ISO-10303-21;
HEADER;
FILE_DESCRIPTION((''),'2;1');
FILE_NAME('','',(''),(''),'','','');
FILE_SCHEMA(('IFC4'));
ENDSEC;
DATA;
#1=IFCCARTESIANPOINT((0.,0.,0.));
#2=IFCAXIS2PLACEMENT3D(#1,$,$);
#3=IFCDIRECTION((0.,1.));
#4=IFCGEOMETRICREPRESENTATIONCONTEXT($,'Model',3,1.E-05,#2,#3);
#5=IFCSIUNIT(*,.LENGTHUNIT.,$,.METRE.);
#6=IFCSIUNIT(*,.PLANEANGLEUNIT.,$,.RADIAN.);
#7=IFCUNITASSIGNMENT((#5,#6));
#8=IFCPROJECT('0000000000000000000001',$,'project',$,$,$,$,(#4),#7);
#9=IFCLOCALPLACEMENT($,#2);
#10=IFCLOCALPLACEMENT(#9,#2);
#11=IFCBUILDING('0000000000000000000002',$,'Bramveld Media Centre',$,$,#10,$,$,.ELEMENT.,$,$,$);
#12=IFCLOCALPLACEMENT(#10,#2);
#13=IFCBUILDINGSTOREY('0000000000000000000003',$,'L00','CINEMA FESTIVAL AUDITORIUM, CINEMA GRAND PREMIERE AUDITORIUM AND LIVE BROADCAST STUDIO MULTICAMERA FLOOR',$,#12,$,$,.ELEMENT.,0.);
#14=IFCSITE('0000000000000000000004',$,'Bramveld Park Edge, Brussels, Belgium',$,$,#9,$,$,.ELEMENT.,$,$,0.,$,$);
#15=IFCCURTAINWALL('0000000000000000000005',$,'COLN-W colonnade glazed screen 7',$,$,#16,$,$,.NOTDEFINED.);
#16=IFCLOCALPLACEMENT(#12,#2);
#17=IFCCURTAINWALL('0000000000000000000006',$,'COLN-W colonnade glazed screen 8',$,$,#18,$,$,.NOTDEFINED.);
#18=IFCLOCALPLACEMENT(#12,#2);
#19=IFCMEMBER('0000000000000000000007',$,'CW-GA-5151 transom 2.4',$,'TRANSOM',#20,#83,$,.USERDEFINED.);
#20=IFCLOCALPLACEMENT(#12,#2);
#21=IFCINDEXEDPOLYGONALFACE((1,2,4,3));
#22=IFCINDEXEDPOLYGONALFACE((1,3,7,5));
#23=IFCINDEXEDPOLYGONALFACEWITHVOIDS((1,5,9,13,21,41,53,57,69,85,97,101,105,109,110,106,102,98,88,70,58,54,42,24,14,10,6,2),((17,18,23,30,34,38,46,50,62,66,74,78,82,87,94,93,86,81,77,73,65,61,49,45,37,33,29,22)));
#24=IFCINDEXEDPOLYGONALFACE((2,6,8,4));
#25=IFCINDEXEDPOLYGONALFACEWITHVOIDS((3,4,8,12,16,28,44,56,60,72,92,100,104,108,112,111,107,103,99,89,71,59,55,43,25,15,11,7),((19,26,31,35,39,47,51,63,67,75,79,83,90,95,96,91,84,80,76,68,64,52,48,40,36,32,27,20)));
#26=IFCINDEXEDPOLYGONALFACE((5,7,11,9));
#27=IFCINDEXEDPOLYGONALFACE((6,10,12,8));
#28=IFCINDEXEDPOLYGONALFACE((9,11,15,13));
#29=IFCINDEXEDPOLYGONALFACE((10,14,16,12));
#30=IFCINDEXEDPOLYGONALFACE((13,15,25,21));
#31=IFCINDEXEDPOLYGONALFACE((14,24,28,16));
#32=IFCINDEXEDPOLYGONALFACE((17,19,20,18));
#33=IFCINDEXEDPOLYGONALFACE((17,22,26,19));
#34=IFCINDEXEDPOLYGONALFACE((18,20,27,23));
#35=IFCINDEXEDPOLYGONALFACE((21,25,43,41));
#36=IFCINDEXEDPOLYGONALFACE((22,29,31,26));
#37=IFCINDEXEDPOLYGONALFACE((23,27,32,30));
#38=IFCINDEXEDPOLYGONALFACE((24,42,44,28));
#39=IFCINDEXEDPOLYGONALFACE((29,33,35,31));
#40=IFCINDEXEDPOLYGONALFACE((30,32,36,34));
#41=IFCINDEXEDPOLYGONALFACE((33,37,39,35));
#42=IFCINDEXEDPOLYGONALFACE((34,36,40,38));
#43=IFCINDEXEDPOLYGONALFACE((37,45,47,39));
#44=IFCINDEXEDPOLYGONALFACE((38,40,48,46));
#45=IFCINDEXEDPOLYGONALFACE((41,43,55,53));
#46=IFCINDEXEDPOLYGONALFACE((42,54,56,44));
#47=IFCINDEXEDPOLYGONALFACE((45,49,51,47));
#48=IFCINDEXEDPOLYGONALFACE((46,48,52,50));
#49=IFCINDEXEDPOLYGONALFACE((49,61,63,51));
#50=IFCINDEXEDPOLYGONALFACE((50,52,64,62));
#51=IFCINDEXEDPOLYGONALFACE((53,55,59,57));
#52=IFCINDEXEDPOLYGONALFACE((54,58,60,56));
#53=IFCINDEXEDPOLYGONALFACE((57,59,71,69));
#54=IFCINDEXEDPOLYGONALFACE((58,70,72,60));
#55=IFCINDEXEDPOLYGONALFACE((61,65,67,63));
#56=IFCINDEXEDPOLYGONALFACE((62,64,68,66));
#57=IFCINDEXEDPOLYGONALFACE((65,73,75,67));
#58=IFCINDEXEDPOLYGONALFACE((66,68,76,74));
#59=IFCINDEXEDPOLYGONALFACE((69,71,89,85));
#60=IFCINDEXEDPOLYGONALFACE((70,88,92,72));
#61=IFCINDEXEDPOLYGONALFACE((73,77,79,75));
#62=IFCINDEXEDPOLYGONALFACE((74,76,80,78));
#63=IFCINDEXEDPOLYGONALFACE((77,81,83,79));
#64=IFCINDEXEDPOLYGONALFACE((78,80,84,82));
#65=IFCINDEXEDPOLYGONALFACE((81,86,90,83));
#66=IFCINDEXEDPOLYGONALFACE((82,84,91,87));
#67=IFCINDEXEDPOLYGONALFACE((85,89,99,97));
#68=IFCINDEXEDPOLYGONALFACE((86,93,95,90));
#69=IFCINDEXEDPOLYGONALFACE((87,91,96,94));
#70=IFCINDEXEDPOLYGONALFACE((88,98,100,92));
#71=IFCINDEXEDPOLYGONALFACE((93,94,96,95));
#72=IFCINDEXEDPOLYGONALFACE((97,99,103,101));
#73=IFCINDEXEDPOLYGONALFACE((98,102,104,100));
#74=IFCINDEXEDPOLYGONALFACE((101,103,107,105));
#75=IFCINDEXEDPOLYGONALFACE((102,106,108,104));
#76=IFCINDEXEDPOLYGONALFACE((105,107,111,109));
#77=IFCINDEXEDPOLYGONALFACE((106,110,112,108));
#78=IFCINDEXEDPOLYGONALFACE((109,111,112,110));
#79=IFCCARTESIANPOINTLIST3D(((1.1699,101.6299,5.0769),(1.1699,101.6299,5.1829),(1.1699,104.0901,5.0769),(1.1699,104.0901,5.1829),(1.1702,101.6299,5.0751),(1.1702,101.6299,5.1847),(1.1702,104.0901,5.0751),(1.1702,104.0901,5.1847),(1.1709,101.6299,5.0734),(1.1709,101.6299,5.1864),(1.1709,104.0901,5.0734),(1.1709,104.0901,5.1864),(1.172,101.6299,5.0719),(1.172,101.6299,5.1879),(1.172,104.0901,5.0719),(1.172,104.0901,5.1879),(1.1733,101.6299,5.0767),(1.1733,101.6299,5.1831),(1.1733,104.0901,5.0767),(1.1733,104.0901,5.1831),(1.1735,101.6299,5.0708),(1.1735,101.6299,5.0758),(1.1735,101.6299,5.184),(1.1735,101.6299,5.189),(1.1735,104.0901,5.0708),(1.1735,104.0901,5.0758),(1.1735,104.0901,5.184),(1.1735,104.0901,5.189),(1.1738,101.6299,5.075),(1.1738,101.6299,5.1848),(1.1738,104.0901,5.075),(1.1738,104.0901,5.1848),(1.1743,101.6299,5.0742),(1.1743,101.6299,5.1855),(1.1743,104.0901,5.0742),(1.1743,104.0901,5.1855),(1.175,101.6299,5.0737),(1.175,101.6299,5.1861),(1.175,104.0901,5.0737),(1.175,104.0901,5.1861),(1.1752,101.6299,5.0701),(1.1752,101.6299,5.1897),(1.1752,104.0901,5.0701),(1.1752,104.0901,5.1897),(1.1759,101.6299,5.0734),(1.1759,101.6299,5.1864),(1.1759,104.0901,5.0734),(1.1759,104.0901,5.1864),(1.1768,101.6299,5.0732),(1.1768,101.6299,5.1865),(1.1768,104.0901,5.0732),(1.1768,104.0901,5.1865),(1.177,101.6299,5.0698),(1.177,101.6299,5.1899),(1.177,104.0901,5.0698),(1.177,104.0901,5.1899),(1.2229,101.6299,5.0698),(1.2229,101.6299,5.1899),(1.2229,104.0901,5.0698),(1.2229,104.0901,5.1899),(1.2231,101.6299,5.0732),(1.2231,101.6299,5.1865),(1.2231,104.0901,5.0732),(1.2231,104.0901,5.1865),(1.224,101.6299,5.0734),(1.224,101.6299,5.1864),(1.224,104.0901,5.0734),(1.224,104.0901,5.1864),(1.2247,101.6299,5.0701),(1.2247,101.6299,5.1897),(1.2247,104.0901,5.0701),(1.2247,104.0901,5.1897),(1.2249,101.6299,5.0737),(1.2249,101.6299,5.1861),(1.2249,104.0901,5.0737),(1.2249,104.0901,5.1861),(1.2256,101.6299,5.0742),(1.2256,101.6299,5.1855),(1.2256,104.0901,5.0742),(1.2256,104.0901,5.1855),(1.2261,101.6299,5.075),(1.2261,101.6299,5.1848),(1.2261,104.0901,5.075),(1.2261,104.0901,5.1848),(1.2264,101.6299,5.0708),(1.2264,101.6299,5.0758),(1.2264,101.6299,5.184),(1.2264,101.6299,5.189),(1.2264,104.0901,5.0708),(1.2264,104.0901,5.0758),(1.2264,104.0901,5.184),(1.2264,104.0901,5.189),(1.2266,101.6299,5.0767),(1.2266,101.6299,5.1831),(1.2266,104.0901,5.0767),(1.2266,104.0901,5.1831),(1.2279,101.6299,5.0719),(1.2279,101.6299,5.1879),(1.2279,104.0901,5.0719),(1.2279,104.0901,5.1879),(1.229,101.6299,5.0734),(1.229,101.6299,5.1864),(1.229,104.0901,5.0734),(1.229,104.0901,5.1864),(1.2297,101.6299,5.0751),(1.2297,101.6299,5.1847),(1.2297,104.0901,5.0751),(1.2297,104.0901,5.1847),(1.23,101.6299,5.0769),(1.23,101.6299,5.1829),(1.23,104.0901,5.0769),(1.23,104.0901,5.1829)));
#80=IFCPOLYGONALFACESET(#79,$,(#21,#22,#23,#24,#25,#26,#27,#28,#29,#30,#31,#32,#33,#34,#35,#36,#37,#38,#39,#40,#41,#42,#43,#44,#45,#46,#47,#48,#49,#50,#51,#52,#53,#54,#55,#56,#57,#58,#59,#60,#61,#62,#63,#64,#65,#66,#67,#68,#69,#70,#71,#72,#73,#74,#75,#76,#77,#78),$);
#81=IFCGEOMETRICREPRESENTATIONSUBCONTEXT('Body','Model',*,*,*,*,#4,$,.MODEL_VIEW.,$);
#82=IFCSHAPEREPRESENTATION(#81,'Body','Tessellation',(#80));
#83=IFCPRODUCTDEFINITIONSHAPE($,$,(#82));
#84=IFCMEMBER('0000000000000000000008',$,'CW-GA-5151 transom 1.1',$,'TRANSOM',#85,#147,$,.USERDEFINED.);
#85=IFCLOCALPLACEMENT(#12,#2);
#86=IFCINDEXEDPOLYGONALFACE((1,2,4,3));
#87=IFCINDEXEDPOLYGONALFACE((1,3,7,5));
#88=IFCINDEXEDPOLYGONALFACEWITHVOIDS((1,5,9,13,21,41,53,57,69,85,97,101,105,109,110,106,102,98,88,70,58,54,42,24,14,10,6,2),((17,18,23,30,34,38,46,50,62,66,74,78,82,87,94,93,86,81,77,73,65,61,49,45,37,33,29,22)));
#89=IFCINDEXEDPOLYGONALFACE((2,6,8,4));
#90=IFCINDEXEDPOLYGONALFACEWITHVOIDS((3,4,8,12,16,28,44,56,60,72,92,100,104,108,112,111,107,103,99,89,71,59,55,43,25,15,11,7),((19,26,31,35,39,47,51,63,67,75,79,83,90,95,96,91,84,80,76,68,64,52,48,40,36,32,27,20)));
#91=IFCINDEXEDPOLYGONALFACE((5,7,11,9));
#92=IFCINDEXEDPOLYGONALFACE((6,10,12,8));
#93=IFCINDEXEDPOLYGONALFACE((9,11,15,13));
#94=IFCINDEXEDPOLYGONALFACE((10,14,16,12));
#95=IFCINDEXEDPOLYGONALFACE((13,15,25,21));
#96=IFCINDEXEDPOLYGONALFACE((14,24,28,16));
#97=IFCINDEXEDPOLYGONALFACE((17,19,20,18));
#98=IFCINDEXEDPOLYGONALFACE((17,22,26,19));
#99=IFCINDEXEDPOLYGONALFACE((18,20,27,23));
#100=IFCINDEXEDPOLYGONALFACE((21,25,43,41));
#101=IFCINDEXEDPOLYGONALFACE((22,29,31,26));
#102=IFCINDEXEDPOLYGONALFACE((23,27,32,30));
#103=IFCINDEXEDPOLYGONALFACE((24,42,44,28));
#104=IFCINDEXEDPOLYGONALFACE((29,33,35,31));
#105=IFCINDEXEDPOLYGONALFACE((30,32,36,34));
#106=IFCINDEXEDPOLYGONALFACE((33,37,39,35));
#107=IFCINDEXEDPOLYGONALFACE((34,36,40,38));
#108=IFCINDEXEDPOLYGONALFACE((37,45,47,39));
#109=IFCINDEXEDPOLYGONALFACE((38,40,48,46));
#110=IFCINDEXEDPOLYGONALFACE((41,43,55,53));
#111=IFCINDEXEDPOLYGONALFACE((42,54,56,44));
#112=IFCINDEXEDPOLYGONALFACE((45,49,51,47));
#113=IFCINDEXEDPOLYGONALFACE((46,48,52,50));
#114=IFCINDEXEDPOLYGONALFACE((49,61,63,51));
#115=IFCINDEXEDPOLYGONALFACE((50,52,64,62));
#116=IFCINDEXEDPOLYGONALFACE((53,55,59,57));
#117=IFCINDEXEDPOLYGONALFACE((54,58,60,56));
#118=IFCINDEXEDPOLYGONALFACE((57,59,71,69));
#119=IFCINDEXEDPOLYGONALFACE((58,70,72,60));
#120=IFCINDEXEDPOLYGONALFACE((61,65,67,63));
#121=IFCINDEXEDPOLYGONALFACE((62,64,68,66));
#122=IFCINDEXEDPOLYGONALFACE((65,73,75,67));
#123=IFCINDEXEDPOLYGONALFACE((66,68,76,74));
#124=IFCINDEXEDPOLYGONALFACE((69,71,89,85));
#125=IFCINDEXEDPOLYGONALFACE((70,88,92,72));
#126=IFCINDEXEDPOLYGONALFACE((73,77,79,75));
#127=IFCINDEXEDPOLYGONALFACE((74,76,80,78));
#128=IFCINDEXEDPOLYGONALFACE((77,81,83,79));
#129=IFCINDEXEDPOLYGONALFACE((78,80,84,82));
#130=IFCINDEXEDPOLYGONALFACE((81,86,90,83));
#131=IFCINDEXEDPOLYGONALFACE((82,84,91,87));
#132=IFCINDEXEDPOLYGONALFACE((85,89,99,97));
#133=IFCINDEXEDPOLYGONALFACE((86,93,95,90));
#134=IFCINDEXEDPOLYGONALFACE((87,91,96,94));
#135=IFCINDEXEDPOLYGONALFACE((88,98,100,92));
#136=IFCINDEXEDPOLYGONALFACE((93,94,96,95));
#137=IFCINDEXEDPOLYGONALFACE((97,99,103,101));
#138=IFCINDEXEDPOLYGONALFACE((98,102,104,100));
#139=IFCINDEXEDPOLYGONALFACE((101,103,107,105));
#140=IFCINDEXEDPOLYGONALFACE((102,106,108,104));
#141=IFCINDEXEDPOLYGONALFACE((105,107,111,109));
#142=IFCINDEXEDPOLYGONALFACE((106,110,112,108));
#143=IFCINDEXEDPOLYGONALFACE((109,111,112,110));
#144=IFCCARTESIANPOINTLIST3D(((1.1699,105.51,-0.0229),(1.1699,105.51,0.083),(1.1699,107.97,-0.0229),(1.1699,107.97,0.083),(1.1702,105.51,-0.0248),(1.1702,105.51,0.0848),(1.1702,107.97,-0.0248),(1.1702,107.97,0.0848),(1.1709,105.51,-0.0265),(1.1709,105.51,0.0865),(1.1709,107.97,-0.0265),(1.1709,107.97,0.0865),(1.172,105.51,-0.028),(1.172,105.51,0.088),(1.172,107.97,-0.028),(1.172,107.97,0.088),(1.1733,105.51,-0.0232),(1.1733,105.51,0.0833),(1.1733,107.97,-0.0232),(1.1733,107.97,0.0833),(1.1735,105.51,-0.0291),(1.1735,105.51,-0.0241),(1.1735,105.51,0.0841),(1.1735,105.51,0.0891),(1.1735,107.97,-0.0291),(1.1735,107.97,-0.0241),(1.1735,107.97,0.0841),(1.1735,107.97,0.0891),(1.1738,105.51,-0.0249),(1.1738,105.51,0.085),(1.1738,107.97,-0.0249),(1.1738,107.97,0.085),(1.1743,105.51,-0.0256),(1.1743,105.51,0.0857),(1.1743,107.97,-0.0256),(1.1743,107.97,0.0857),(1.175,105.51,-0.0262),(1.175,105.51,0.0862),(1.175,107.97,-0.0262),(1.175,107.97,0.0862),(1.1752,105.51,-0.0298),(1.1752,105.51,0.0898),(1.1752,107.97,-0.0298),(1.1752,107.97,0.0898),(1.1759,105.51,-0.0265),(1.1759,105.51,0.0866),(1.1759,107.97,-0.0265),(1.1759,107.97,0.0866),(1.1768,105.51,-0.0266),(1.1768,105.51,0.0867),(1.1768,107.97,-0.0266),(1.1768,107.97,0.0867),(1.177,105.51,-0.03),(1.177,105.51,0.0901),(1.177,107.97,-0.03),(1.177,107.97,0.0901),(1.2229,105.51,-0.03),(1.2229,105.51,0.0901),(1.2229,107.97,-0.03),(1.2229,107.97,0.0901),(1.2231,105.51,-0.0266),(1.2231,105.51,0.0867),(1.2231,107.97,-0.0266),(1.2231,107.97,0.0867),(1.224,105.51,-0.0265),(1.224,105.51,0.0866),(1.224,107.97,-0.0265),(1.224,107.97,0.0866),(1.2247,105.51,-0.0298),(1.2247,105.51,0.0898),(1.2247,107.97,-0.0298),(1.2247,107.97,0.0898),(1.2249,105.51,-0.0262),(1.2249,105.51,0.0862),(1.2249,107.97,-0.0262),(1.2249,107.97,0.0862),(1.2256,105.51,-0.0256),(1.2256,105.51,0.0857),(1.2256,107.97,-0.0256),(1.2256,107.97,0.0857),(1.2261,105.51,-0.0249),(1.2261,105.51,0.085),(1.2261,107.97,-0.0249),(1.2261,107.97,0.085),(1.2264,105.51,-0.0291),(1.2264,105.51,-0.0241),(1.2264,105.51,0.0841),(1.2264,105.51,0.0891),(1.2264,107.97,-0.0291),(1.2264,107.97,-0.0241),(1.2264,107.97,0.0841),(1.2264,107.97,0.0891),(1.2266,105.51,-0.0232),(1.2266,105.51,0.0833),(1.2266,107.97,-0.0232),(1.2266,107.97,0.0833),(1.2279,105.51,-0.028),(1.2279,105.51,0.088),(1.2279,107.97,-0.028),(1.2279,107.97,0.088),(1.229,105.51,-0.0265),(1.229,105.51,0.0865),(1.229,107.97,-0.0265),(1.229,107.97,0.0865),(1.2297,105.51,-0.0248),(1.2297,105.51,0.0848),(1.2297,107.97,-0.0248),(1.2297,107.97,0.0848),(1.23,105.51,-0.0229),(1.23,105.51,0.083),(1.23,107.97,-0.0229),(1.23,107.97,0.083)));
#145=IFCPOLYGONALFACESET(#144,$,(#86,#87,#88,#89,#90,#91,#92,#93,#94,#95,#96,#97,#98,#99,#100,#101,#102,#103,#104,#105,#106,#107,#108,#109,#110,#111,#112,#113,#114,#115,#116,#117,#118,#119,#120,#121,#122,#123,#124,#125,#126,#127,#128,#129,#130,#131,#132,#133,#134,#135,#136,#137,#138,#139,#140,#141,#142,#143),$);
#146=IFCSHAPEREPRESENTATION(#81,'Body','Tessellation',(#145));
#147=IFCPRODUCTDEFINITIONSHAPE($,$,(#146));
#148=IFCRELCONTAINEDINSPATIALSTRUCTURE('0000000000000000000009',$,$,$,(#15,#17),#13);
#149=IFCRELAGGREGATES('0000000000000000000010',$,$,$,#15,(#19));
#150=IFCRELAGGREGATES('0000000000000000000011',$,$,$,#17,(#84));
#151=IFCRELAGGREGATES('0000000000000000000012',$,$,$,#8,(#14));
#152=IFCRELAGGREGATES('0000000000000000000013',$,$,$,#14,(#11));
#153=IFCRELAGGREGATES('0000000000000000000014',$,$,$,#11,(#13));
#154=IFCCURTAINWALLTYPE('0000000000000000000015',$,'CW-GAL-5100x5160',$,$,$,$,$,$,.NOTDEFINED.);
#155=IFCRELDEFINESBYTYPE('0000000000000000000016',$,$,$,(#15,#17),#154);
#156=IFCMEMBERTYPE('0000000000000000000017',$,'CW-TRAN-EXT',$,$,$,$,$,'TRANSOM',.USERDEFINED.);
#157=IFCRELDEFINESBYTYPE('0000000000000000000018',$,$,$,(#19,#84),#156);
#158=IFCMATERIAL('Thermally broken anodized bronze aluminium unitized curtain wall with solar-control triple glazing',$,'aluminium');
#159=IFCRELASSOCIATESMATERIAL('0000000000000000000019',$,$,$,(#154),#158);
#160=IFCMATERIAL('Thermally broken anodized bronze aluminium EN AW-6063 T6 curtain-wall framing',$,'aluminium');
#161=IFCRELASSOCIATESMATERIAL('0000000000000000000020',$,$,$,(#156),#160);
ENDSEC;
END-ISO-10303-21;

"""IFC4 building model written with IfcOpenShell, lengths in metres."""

from ifc_helpers import new_model, si_unit, direction, frame, origin, origin_2d, place, context, subcontext, project, spatial, hollow_rectangle, extrude, material, material_profile, profile_set, type_object, element, aggregate, save


model = new_model("IFC4")

# Units and contexts
model_context = context("Model", 3, precision=1e-05, world=origin(), true_north=direction((0.0, 1.0)))
body_context = subcontext(model_context, "Body", "Model", "MODEL_VIEW")
ifc_project = project(units=[si_unit("LENGTHUNIT", "METRE"), si_unit("PLANEANGLEUNIT", "RADIAN")], contexts=[model_context])

# Site, building, storey
site_placement = place(None, origin())
site = spatial("IfcSite", under=ifc_project, at=site_placement, Name="Bramveld Park Edge, Brussels, Belgium", CompositionType="ELEMENT", RefElevation=0.0)
building_placement = place(site_placement, origin())
building = spatial("IfcBuilding", under=site, at=building_placement, Name="Bramveld Media Centre", CompositionType="ELEMENT")
storey_placement = place(building_placement, origin())
storey = spatial("IfcBuildingStorey", under=building, at=storey_placement, Name="L00", Description="CINEMA FESTIVAL AUDITORIUM, CINEMA GRAND PREMIERE AUDITORIUM AND LIVE BROADCAST STUDIO MULTICAMERA FLOOR", CompositionType="ELEMENT", Elevation=0.0)

# Curtain wall
ifc_material_1 = material(Name="Thermally broken anodized bronze aluminium unitized curtain wall with solar-control triple glazing", Category="aluminium")
curtain_wall_type = type_object("IfcCurtainWallType", Name="CW-GAL-5100x5160", PredefinedType="NOTDEFINED", material=ifc_material_1)
curtain_wall_1_placement = place(storey_placement, origin())
curtain_wall_1 = element("IfcCurtainWall", 1, at=curtain_wall_1_placement, inside=storey, type_object=curtain_wall_type, Name="COLN-W colonnade glazed screen 7", PredefinedType="NOTDEFINED")

# Curtain wall
curtain_wall_2_placement = place(storey_placement, origin())
curtain_wall_2 = element("IfcCurtainWall", 2, at=curtain_wall_2_placement, inside=storey, type_object=curtain_wall_type, Name="COLN-W colonnade glazed screen 8", PredefinedType="NOTDEFINED")

# Members
ifc_material_2 = material(Name="Thermally broken anodized bronze aluminium EN AW-6063 T6 curtain-wall framing", Category="aluminium")
ifc_material_profile_1 = material_profile(ifc_material_2, hollow_rectangle(XDim=0.0601, YDim=0.1201, WallThickness=0.0034, InnerFilletRadius=0.0034, OuterFilletRadius=0.0071, at=origin_2d()), Name="AL-TRAN 60x120")
ifc_profile_set_1 = profile_set([ifc_material_profile_1], Name="Thermally broken anodized bronze aluminium EN AW-6063 T6 curtain-wall framing")
member_type_1 = type_object("IfcMemberType", Name="CW-TRAN-EXT", ElementType="TRANSOM", PredefinedType="USERDEFINED", material=ifc_profile_set_1)
member_1_placement = place(storey_placement, frame((1.2, 101.6299, 5.1299), z_axis=(0.0, 1.0, 0.0), x_axis=(-1.0, 0.0, 0.0)))
member_1 = element("IfcMember", 3, at=member_1_placement, type_object=member_type_1, Name="CW-GA-5151 transom 2.4", ObjectType="TRANSOM", PredefinedType="USERDEFINED", context=body_context, shape_type="SweptSolid", body=[
    extrude(hollow_rectangle(XDim=0.0601, YDim=0.1201, WallThickness=0.0034, InnerFilletRadius=0.0034, OuterFilletRadius=0.0071, at=origin_2d()), origin(), (0.0, 0.0, 1.0), 2.4602),
])
member_2_placement = place(storey_placement, frame((1.2, 105.51, 0.03), z_axis=(0.0, 1.0, 0.0), x_axis=(-1.0, 0.0, 0.0)))
member_2 = element("IfcMember", 4, at=member_2_placement, type_object=member_type_1, Name="CW-GA-5151 transom 1.1", ObjectType="TRANSOM", PredefinedType="USERDEFINED", context=body_context, shape_type="SweptSolid", body=[
    extrude(hollow_rectangle(XDim=0.0601, YDim=0.1201, WallThickness=0.0034, InnerFilletRadius=0.0034, OuterFilletRadius=0.0071, at=origin_2d()), origin(), (0.0, 0.0, 1.0), 2.46),
])

aggregate(curtain_wall_1, [member_1])
aggregate(curtain_wall_2, [member_2])

save(model, "model.ifc")
